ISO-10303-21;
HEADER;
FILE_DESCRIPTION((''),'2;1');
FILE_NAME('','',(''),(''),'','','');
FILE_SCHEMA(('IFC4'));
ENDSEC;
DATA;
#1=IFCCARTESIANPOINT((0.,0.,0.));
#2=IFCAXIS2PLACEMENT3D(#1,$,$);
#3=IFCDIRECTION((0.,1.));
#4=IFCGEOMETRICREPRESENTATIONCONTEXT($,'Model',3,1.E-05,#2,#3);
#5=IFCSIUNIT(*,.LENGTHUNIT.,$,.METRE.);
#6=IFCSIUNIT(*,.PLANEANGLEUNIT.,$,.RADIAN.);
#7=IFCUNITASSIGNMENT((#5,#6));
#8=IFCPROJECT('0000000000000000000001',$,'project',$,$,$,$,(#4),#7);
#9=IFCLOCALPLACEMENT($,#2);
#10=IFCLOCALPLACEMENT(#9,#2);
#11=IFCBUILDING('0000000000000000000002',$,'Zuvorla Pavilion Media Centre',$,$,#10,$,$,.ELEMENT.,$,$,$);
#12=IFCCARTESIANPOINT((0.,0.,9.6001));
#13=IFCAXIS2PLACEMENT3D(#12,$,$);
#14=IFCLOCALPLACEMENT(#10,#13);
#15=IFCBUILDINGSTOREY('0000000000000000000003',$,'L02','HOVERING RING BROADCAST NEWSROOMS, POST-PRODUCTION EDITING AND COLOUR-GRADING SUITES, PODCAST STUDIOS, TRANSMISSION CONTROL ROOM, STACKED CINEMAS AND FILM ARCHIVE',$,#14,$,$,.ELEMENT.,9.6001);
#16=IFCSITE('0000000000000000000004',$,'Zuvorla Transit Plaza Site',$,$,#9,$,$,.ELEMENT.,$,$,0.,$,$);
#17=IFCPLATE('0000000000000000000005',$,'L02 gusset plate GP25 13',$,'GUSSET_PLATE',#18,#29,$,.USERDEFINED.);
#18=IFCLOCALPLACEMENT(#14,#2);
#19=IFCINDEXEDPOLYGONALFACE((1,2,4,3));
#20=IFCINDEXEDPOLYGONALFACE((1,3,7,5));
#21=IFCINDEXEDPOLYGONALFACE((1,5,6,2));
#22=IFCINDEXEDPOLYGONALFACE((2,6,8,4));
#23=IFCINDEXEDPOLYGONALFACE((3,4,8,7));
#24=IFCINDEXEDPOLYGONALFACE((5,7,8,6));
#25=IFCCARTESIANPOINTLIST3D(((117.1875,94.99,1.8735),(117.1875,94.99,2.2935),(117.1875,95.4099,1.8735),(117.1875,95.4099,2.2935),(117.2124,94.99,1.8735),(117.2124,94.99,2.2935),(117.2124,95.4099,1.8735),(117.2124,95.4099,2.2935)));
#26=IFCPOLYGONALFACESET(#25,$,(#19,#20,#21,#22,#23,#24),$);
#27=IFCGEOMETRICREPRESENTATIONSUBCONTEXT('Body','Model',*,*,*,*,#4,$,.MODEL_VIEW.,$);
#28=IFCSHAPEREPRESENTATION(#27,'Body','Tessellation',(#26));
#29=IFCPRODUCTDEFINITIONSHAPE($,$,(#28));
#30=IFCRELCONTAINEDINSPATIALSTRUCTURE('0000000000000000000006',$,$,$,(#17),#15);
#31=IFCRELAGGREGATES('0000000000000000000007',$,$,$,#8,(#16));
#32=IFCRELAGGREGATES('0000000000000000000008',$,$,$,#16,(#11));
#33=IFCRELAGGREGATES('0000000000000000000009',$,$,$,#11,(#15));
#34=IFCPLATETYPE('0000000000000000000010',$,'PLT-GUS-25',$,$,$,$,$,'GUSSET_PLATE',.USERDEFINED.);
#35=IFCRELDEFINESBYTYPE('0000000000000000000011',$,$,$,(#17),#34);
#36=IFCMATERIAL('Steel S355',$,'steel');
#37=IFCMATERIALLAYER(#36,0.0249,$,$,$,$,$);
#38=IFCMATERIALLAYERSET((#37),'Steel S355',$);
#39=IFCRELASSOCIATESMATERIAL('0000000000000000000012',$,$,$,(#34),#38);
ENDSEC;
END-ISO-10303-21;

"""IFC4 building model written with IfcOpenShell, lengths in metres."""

from ifc_helpers import new_model, si_unit, direction, frame, origin, origin_2d, place, context, subcontext, project, spatial, rectangle, extrude, material, layer, layer_set, type_object, element, save


model = new_model("IFC4")

# Units and contexts
model_context = context("Model", 3, precision=1e-05, world=origin(), true_north=direction((0.0, 1.0)))
body_context = subcontext(model_context, "Body", "Model", "MODEL_VIEW")
ifc_project = project(units=[si_unit("LENGTHUNIT", "METRE"), si_unit("PLANEANGLEUNIT", "RADIAN")], contexts=[model_context])

# Site, building, storey
site_placement = place(None, origin())
site = spatial("IfcSite", under=ifc_project, at=site_placement, Name="Zuvorla Transit Plaza Site", CompositionType="ELEMENT", RefElevation=0.0)
building_placement = place(site_placement, origin())
building = spatial("IfcBuilding", under=site, at=building_placement, Name="Zuvorla Pavilion Media Centre", CompositionType="ELEMENT")
storey_placement = place(building_placement, frame((0.0, 0.0, 9.6001)))
storey = spatial("IfcBuildingStorey", under=building, at=storey_placement, Name="L02", Description="HOVERING RING BROADCAST NEWSROOMS, POST-PRODUCTION EDITING AND COLOUR-GRADING SUITES, PODCAST STUDIOS, TRANSMISSION CONTROL ROOM, STACKED CINEMAS AND FILM ARCHIVE", CompositionType="ELEMENT", Elevation=9.6001)

# Shared definitions
ifc_material = material(Name="Steel S355", Category="steel")

# Plate
ifc_layer_1 = layer(ifc_material, 0.0249)
ifc_layer_set_1 = layer_set([ifc_layer_1], Name="Steel S355")
plate_type_1 = type_object("IfcPlateType", Name="PLT-GUS-25", ElementType="GUSSET_PLATE", PredefinedType="USERDEFINED", material=ifc_layer_set_1)
for number, where, z_axis, x_axis, name in (
    (1, (117.2, 95.2, 1.8735), (0.0, 0.0, 1.0), (1.0, 0.0, 0.0), "L02 gusset plate GP25 13"),
):
    element("IfcPlate", number, at=place(storey_placement, frame(where, z_axis=z_axis, x_axis=x_axis)), inside=storey, type_object=plate_type_1, Name=name, ObjectType="GUSSET_PLATE", PredefinedType="USERDEFINED", context=body_context, shape_type="SweptSolid", body=[
        extrude(rectangle(XDim=0.0249, YDim=0.4199, at=origin_2d()), origin(), (0.0, 0.0, 1.0), 0.4199),
    ])

save(model, "model.ifc")
